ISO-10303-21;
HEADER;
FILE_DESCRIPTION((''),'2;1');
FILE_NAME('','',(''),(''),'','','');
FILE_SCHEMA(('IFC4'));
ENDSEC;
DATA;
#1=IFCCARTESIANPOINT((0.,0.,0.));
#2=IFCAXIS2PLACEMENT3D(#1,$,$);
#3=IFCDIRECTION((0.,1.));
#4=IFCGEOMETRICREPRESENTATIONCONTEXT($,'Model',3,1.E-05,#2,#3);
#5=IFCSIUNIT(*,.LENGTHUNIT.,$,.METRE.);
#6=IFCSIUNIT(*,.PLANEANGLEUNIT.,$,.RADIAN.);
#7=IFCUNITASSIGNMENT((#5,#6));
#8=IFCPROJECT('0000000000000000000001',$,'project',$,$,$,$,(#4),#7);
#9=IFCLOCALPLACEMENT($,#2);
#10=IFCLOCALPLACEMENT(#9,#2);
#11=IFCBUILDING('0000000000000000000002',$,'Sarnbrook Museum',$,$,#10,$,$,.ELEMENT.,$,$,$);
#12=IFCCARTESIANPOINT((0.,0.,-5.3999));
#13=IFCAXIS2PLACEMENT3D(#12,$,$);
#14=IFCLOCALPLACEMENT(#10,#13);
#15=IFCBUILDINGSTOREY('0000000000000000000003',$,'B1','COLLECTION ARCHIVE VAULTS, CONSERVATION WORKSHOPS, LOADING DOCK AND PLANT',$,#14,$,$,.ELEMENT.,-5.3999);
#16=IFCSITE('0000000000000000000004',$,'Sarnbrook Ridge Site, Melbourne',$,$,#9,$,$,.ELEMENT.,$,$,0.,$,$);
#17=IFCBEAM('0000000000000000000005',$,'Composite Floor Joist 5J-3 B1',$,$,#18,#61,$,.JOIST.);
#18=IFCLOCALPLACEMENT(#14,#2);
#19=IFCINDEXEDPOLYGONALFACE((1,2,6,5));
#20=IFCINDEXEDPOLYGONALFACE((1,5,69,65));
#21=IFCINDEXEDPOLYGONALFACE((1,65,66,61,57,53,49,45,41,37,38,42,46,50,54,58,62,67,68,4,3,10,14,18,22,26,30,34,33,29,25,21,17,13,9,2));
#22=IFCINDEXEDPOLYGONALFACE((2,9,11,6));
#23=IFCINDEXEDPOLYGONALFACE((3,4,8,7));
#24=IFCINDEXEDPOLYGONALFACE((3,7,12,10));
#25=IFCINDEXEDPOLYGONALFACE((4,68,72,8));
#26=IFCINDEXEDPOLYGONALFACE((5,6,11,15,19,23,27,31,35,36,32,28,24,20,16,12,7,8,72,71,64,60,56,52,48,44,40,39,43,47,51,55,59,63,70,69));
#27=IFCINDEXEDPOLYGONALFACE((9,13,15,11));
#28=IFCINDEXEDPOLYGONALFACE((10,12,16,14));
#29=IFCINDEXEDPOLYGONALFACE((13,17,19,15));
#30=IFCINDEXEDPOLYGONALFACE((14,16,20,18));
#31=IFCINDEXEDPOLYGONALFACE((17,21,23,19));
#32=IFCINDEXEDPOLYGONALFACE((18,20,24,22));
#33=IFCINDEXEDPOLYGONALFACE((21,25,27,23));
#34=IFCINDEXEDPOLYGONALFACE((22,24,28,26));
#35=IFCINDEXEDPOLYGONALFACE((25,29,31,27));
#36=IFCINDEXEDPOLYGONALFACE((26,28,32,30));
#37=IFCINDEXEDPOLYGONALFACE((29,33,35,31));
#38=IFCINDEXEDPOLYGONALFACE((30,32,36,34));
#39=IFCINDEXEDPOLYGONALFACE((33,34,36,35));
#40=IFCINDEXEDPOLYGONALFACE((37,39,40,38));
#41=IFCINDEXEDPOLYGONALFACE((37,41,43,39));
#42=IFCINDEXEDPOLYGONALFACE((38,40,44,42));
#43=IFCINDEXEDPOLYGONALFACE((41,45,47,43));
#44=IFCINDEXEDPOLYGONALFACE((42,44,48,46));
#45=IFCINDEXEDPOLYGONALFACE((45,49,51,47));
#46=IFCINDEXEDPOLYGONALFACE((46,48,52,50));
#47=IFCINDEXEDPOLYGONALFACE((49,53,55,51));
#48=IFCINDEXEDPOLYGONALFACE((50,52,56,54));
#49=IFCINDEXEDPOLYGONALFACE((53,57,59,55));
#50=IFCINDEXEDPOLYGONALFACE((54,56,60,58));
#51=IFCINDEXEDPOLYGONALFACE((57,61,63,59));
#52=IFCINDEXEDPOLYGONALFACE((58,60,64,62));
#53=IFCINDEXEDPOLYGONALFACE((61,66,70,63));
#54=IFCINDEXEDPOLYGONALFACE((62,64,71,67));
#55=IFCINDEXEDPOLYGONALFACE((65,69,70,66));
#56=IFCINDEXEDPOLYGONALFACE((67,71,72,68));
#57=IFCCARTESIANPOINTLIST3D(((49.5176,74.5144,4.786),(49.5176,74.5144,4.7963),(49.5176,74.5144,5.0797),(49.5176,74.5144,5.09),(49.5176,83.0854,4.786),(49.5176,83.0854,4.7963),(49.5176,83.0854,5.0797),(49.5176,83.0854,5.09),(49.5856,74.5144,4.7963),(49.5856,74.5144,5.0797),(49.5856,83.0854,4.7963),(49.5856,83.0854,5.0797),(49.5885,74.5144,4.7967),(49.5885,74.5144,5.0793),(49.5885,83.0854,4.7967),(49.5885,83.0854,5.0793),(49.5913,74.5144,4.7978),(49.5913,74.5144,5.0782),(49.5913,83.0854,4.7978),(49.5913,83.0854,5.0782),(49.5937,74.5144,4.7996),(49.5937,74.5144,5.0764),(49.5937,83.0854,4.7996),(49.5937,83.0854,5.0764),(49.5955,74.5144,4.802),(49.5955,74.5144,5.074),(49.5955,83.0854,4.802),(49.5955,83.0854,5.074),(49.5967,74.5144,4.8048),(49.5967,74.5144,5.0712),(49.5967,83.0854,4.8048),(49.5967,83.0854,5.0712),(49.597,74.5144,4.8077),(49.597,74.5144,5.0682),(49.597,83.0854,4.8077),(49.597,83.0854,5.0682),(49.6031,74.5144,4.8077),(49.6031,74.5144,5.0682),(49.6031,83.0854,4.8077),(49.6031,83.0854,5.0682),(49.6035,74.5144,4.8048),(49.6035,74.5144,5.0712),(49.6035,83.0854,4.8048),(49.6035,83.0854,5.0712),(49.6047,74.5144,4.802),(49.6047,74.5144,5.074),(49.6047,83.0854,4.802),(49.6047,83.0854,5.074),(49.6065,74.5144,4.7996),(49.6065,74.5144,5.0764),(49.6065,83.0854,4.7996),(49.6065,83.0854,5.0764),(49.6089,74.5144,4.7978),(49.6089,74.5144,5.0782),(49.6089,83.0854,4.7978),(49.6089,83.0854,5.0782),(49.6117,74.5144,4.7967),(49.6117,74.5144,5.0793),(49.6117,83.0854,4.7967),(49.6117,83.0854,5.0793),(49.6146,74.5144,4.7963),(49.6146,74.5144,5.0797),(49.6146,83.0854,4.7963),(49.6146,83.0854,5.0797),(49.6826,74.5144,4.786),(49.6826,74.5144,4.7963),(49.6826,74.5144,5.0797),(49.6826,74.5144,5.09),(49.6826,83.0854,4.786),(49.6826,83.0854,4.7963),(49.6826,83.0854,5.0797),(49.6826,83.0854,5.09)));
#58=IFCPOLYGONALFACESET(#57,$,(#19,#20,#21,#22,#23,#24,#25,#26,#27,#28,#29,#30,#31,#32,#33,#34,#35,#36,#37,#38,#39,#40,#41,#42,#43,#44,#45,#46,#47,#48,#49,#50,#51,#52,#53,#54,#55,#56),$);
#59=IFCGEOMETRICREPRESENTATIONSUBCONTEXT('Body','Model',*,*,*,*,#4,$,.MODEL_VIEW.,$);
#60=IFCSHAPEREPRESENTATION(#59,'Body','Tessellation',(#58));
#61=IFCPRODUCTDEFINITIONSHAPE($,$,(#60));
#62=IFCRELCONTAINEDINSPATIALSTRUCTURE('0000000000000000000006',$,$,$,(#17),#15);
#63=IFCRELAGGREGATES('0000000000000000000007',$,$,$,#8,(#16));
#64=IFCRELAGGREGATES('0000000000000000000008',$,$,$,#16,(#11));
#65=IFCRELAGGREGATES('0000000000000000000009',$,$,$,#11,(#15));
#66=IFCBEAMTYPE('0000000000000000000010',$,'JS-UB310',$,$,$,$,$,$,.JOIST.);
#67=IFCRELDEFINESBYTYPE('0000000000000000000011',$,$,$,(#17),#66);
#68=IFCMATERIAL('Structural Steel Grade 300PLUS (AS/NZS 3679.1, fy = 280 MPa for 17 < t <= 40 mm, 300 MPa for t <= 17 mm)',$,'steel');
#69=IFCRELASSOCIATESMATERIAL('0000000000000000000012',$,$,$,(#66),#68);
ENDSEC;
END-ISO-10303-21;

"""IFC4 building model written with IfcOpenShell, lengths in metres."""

from ifc_helpers import new_model, si_unit, direction, frame, origin, origin_2d, place, context, subcontext, project, spatial, i_section, extrude, material, material_profile, profile_set, type_object, element, save


model = new_model("IFC4")

# Units and contexts
model_context = context("Model", 3, precision=1e-05, world=origin(), true_north=direction((0.0, 1.0)))
body_context = subcontext(model_context, "Body", "Model", "MODEL_VIEW")
ifc_project = project(units=[si_unit("LENGTHUNIT", "METRE"), si_unit("PLANEANGLEUNIT", "RADIAN")], contexts=[model_context])

# Site, building, storey
site_placement = place(None, origin())
site = spatial("IfcSite", under=ifc_project, at=site_placement, Name="Sarnbrook Ridge Site, Melbourne", CompositionType="ELEMENT", RefElevation=0.0)
building_placement = place(site_placement, origin())
building = spatial("IfcBuilding", under=site, at=building_placement, Name="Sarnbrook Museum", CompositionType="ELEMENT")
storey_placement = place(building_placement, frame((0.0, 0.0, -5.3999)))
storey = spatial("IfcBuildingStorey", under=building, at=storey_placement, Name="B1", Description="COLLECTION ARCHIVE VAULTS, CONSERVATION WORKSHOPS, LOADING DOCK AND PLANT", CompositionType="ELEMENT", Elevation=-5.3999)

# Beam
ifc_material_1 = material(Name="Structural Steel Grade 300PLUS (AS/NZS 3679.1, fy = 280 MPa for 17 < t <= 40 mm, 300 MPa for t <= 17 mm)", Category="steel")
ifc_material_profile_1 = material_profile(ifc_material_1, i_section(OverallWidth=0.165, OverallDepth=0.304, WebThickness=0.0061, FlangeThickness=0.0103, FilletRadius=0.0115, at=origin_2d()), Name="310UB40.4")
ifc_profile_set_1 = profile_set([ifc_material_profile_1], Name="Structural Steel Grade 300PLUS (AS/NZS 3679.1, fy = 280 MPa for 17 < t <= 40 mm, 300 MPa for t <= 17 mm)")
beam_type_1 = type_object("IfcBeamType", Name="JS-UB310", PredefinedType="JOIST", material=ifc_profile_set_1)
beam_1_placement = place(storey_placement, frame((49.6001, 74.5144, 4.938), z_axis=(0.0, 1.0, 0.0), x_axis=(-1.0, 0.0, 0.0)))
element("IfcBeam", 1, at=beam_1_placement, inside=storey, type_object=beam_type_1, Name="Composite Floor Joist 5J-3 B1", PredefinedType="JOIST", context=body_context, shape_type="SweptSolid", body=[
    extrude(i_section(OverallWidth=0.165, OverallDepth=0.304, WebThickness=0.0061, FlangeThickness=0.0103, FilletRadius=0.0115, at=origin_2d()), origin(), (0.0, 0.0, 1.0), 8.571),
])

save(model, "model.ifc")
